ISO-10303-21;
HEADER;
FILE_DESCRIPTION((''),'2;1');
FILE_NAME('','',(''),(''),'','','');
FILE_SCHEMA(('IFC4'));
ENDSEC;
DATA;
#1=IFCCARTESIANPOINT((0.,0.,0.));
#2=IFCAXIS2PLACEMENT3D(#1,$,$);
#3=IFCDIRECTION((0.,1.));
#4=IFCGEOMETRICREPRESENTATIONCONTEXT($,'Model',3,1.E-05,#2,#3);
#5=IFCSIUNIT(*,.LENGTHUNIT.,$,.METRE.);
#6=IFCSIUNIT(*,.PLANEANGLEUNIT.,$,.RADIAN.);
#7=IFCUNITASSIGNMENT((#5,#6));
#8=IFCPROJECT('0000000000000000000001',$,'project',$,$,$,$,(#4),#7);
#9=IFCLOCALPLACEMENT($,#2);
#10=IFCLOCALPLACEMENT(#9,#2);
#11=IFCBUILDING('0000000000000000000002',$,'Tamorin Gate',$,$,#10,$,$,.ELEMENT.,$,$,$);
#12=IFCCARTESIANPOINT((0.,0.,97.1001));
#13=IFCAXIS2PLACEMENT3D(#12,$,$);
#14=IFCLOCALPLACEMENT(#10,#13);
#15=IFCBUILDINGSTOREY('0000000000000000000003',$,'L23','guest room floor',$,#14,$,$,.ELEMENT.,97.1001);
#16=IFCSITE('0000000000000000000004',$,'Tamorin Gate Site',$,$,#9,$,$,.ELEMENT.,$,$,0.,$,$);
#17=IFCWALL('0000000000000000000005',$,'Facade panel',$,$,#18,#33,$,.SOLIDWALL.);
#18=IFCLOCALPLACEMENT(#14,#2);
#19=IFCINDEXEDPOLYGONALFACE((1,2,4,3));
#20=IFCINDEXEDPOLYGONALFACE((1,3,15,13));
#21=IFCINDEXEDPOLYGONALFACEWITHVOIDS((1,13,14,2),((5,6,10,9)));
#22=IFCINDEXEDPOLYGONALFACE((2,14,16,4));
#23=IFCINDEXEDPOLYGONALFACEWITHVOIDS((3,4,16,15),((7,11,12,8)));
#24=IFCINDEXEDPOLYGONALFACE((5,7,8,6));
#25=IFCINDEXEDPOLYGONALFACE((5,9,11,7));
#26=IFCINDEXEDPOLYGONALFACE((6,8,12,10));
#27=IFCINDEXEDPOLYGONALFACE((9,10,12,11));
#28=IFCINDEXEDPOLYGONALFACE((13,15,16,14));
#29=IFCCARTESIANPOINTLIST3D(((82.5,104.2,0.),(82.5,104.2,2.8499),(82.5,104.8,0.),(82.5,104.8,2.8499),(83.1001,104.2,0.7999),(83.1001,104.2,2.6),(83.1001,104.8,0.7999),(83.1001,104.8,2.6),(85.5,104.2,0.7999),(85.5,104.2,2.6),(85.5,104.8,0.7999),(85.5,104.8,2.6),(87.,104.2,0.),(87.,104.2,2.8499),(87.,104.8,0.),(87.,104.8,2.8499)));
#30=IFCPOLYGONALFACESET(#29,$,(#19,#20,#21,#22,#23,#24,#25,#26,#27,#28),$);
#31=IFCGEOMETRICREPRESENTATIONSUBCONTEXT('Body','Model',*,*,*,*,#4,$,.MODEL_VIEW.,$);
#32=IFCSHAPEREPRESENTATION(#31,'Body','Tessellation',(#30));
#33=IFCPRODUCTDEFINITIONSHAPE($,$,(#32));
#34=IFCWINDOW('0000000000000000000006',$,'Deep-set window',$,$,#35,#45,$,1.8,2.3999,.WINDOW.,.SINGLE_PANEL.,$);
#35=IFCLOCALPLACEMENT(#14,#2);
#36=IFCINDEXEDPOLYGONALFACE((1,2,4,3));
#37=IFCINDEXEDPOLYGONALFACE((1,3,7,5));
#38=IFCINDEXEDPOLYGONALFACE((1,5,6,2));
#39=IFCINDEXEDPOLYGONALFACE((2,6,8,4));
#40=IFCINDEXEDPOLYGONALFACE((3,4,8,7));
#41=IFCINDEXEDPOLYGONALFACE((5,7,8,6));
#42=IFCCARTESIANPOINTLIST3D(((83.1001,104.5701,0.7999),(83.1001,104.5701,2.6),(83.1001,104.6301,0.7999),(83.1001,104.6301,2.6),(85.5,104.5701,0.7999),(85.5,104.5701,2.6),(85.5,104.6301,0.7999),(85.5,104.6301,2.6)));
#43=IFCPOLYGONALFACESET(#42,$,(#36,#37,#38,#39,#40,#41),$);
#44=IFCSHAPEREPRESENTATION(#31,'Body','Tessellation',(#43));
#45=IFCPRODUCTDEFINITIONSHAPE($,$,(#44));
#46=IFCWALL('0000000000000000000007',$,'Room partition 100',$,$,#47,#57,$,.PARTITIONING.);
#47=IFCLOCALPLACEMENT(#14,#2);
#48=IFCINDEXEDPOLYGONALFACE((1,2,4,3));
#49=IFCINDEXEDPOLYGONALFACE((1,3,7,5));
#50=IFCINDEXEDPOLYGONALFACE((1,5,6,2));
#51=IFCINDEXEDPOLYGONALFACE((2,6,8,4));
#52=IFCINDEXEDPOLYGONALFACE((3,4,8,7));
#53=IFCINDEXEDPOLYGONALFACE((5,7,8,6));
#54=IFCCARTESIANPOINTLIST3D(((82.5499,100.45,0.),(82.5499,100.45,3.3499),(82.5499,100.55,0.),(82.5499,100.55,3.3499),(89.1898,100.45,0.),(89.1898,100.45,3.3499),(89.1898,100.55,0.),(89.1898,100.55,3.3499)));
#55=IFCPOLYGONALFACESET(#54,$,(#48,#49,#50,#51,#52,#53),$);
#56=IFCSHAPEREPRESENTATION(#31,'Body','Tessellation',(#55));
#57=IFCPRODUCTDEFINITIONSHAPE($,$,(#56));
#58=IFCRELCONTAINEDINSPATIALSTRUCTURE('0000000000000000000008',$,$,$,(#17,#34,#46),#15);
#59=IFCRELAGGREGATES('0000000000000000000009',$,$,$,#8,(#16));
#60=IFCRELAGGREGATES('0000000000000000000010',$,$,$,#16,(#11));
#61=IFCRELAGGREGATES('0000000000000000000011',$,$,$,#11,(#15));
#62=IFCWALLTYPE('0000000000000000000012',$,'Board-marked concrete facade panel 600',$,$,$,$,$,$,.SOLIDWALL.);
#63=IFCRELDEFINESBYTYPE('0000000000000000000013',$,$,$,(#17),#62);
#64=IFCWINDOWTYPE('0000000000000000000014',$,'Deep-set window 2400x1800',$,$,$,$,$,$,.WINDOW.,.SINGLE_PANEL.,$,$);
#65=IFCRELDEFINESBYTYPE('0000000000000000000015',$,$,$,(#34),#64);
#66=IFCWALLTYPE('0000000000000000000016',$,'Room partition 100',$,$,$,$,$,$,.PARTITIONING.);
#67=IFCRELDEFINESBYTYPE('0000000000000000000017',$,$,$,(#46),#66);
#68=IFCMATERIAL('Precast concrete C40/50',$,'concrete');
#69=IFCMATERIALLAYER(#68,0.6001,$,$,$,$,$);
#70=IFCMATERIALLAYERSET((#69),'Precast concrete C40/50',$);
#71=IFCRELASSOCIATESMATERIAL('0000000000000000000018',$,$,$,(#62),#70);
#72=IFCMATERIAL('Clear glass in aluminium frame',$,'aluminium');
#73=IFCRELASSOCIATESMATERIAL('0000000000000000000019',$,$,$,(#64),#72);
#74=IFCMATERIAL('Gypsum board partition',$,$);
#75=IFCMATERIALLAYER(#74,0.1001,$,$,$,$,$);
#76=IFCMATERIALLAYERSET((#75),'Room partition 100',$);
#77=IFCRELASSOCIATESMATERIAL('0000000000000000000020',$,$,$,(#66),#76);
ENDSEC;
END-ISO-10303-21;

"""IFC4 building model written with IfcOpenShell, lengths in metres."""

from ifc_helpers import new_model, si_unit, direction, frame, frame_2d, origin, place, context, subcontext, project, spatial, rectangle, extrude, material, layer, layer_set, type_object, element, fill, save


model = new_model("IFC4")

# Units and contexts
model_context = context("Model", 3, precision=1e-05, world=origin(), true_north=direction((0.0, 1.0)))
body_context = subcontext(model_context, "Body", "Model", "MODEL_VIEW")
ifc_project = project(units=[si_unit("LENGTHUNIT", "METRE"), si_unit("PLANEANGLEUNIT", "RADIAN")], contexts=[model_context])

# Site, building, storey
site_placement = place(None, origin())
site = spatial("IfcSite", under=ifc_project, at=site_placement, Name="Tamorin Gate Site", CompositionType="ELEMENT", RefElevation=0.0)
building_placement = place(site_placement, origin())
building = spatial("IfcBuilding", under=site, at=building_placement, Name="Tamorin Gate", CompositionType="ELEMENT")
storey_placement = place(building_placement, frame((0.0, 0.0, 97.1001)))
storey = spatial("IfcBuildingStorey", under=building, at=storey_placement, Name="L23", Description="guest room floor", CompositionType="ELEMENT", Elevation=97.1001)

# Shared definitions
ifc_material_1 = material(Name="Precast concrete C40/50", Category="concrete")
ifc_layer_1 = layer(ifc_material_1, 0.6001)
ifc_layer_set_1 = layer_set([ifc_layer_1], Name="Precast concrete C40/50")
wall_type_1 = type_object("IfcWallType", Name="Board-marked concrete facade panel 600", PredefinedType="SOLIDWALL", material=ifc_layer_set_1)
ifc_material_2 = material(Name="Clear glass in aluminium frame", Category="aluminium")
window_type = type_object("IfcWindowType", Name="Deep-set window 2400x1800", PartitioningType="SINGLE_PANEL", PredefinedType="WINDOW", material=ifc_material_2)

# Wall, opening, window
wall_1_placement = place(storey_placement, frame((87.0, 104.5, 0.0), z_axis=(0.0, 0.0, 1.0), x_axis=(-1.0, 0.0, 0.0)))
wall_1 = element("IfcWall", 1, at=wall_1_placement, inside=storey, type_object=wall_type_1, Name="Facade panel", PredefinedType="SOLIDWALL", context=body_context, shape_type="SweptSolid", body=[
    extrude(rectangle(XDim=4.5, YDim=0.6001, at=frame_2d((2.25, 0.0))), origin(), (0.0, 0.0, 1.0), 2.8499),
])
opening_1_placement = place(wall_1_placement, frame((1.5, 0.0, 0.8)))
opening_1 = element("IfcOpeningElement", 2, at=opening_1_placement, cuts=wall_1, PredefinedType="OPENING", context=body_context, shape_type="SweptSolid", body=[
    extrude(rectangle(XDim=2.3999, YDim=1.8, at=frame_2d((1.2, 0.8999))), frame((0.0, 0.3101, 0.0), z_axis=(0.0, -1.0, 0.0), x_axis=(1.0, 0.0, 0.0)), (0.0, 0.0, 1.0), 0.6201),
])
window_1_placement = place(opening_1_placement, origin())
window_1 = element("IfcWindow", 3, at=window_1_placement, inside=storey, type_object=window_type, Name="Deep-set window", OverallHeight=1.8, OverallWidth=2.3999, PartitioningType="SINGLE_PANEL", PredefinedType="WINDOW", context=body_context, shape_type="SweptSolid", body=[
    extrude(rectangle(XDim=2.3999, YDim=1.8, at=frame_2d((1.2, 0.8999))), frame((0.0, -0.0701, 0.0), z_axis=(0.0, -1.0, 0.0), x_axis=(1.0, 0.0, 0.0)), (0.0, 0.0, 1.0), 0.0601),
])
fill(opening_1, window_1)

# Wall
ifc_material_3 = material(Name="Gypsum board partition")
ifc_layer_2 = layer(ifc_material_3, 0.1001)
ifc_layer_set_2 = layer_set([ifc_layer_2], Name="Room partition 100")
wall_type_2 = type_object("IfcWallType", Name="Room partition 100", PredefinedType="PARTITIONING", material=ifc_layer_set_2)
wall_2_placement = place(storey_placement, frame((82.55, 100.5, 0.0), z_axis=(0.0, 0.0, 1.0), x_axis=(1.0, 0.0, 0.0)))
element("IfcWall", 4, at=wall_2_placement, inside=storey, type_object=wall_type_2, Name="Room partition 100", PredefinedType="PARTITIONING", context=body_context, shape_type="SweptSolid", body=[
    extrude(rectangle(XDim=6.6399, YDim=0.1001, at=frame_2d((3.3198, 0.0))), origin(), (0.0, 0.0, 1.0), 3.3499),
])

save(model, "model.ifc")
